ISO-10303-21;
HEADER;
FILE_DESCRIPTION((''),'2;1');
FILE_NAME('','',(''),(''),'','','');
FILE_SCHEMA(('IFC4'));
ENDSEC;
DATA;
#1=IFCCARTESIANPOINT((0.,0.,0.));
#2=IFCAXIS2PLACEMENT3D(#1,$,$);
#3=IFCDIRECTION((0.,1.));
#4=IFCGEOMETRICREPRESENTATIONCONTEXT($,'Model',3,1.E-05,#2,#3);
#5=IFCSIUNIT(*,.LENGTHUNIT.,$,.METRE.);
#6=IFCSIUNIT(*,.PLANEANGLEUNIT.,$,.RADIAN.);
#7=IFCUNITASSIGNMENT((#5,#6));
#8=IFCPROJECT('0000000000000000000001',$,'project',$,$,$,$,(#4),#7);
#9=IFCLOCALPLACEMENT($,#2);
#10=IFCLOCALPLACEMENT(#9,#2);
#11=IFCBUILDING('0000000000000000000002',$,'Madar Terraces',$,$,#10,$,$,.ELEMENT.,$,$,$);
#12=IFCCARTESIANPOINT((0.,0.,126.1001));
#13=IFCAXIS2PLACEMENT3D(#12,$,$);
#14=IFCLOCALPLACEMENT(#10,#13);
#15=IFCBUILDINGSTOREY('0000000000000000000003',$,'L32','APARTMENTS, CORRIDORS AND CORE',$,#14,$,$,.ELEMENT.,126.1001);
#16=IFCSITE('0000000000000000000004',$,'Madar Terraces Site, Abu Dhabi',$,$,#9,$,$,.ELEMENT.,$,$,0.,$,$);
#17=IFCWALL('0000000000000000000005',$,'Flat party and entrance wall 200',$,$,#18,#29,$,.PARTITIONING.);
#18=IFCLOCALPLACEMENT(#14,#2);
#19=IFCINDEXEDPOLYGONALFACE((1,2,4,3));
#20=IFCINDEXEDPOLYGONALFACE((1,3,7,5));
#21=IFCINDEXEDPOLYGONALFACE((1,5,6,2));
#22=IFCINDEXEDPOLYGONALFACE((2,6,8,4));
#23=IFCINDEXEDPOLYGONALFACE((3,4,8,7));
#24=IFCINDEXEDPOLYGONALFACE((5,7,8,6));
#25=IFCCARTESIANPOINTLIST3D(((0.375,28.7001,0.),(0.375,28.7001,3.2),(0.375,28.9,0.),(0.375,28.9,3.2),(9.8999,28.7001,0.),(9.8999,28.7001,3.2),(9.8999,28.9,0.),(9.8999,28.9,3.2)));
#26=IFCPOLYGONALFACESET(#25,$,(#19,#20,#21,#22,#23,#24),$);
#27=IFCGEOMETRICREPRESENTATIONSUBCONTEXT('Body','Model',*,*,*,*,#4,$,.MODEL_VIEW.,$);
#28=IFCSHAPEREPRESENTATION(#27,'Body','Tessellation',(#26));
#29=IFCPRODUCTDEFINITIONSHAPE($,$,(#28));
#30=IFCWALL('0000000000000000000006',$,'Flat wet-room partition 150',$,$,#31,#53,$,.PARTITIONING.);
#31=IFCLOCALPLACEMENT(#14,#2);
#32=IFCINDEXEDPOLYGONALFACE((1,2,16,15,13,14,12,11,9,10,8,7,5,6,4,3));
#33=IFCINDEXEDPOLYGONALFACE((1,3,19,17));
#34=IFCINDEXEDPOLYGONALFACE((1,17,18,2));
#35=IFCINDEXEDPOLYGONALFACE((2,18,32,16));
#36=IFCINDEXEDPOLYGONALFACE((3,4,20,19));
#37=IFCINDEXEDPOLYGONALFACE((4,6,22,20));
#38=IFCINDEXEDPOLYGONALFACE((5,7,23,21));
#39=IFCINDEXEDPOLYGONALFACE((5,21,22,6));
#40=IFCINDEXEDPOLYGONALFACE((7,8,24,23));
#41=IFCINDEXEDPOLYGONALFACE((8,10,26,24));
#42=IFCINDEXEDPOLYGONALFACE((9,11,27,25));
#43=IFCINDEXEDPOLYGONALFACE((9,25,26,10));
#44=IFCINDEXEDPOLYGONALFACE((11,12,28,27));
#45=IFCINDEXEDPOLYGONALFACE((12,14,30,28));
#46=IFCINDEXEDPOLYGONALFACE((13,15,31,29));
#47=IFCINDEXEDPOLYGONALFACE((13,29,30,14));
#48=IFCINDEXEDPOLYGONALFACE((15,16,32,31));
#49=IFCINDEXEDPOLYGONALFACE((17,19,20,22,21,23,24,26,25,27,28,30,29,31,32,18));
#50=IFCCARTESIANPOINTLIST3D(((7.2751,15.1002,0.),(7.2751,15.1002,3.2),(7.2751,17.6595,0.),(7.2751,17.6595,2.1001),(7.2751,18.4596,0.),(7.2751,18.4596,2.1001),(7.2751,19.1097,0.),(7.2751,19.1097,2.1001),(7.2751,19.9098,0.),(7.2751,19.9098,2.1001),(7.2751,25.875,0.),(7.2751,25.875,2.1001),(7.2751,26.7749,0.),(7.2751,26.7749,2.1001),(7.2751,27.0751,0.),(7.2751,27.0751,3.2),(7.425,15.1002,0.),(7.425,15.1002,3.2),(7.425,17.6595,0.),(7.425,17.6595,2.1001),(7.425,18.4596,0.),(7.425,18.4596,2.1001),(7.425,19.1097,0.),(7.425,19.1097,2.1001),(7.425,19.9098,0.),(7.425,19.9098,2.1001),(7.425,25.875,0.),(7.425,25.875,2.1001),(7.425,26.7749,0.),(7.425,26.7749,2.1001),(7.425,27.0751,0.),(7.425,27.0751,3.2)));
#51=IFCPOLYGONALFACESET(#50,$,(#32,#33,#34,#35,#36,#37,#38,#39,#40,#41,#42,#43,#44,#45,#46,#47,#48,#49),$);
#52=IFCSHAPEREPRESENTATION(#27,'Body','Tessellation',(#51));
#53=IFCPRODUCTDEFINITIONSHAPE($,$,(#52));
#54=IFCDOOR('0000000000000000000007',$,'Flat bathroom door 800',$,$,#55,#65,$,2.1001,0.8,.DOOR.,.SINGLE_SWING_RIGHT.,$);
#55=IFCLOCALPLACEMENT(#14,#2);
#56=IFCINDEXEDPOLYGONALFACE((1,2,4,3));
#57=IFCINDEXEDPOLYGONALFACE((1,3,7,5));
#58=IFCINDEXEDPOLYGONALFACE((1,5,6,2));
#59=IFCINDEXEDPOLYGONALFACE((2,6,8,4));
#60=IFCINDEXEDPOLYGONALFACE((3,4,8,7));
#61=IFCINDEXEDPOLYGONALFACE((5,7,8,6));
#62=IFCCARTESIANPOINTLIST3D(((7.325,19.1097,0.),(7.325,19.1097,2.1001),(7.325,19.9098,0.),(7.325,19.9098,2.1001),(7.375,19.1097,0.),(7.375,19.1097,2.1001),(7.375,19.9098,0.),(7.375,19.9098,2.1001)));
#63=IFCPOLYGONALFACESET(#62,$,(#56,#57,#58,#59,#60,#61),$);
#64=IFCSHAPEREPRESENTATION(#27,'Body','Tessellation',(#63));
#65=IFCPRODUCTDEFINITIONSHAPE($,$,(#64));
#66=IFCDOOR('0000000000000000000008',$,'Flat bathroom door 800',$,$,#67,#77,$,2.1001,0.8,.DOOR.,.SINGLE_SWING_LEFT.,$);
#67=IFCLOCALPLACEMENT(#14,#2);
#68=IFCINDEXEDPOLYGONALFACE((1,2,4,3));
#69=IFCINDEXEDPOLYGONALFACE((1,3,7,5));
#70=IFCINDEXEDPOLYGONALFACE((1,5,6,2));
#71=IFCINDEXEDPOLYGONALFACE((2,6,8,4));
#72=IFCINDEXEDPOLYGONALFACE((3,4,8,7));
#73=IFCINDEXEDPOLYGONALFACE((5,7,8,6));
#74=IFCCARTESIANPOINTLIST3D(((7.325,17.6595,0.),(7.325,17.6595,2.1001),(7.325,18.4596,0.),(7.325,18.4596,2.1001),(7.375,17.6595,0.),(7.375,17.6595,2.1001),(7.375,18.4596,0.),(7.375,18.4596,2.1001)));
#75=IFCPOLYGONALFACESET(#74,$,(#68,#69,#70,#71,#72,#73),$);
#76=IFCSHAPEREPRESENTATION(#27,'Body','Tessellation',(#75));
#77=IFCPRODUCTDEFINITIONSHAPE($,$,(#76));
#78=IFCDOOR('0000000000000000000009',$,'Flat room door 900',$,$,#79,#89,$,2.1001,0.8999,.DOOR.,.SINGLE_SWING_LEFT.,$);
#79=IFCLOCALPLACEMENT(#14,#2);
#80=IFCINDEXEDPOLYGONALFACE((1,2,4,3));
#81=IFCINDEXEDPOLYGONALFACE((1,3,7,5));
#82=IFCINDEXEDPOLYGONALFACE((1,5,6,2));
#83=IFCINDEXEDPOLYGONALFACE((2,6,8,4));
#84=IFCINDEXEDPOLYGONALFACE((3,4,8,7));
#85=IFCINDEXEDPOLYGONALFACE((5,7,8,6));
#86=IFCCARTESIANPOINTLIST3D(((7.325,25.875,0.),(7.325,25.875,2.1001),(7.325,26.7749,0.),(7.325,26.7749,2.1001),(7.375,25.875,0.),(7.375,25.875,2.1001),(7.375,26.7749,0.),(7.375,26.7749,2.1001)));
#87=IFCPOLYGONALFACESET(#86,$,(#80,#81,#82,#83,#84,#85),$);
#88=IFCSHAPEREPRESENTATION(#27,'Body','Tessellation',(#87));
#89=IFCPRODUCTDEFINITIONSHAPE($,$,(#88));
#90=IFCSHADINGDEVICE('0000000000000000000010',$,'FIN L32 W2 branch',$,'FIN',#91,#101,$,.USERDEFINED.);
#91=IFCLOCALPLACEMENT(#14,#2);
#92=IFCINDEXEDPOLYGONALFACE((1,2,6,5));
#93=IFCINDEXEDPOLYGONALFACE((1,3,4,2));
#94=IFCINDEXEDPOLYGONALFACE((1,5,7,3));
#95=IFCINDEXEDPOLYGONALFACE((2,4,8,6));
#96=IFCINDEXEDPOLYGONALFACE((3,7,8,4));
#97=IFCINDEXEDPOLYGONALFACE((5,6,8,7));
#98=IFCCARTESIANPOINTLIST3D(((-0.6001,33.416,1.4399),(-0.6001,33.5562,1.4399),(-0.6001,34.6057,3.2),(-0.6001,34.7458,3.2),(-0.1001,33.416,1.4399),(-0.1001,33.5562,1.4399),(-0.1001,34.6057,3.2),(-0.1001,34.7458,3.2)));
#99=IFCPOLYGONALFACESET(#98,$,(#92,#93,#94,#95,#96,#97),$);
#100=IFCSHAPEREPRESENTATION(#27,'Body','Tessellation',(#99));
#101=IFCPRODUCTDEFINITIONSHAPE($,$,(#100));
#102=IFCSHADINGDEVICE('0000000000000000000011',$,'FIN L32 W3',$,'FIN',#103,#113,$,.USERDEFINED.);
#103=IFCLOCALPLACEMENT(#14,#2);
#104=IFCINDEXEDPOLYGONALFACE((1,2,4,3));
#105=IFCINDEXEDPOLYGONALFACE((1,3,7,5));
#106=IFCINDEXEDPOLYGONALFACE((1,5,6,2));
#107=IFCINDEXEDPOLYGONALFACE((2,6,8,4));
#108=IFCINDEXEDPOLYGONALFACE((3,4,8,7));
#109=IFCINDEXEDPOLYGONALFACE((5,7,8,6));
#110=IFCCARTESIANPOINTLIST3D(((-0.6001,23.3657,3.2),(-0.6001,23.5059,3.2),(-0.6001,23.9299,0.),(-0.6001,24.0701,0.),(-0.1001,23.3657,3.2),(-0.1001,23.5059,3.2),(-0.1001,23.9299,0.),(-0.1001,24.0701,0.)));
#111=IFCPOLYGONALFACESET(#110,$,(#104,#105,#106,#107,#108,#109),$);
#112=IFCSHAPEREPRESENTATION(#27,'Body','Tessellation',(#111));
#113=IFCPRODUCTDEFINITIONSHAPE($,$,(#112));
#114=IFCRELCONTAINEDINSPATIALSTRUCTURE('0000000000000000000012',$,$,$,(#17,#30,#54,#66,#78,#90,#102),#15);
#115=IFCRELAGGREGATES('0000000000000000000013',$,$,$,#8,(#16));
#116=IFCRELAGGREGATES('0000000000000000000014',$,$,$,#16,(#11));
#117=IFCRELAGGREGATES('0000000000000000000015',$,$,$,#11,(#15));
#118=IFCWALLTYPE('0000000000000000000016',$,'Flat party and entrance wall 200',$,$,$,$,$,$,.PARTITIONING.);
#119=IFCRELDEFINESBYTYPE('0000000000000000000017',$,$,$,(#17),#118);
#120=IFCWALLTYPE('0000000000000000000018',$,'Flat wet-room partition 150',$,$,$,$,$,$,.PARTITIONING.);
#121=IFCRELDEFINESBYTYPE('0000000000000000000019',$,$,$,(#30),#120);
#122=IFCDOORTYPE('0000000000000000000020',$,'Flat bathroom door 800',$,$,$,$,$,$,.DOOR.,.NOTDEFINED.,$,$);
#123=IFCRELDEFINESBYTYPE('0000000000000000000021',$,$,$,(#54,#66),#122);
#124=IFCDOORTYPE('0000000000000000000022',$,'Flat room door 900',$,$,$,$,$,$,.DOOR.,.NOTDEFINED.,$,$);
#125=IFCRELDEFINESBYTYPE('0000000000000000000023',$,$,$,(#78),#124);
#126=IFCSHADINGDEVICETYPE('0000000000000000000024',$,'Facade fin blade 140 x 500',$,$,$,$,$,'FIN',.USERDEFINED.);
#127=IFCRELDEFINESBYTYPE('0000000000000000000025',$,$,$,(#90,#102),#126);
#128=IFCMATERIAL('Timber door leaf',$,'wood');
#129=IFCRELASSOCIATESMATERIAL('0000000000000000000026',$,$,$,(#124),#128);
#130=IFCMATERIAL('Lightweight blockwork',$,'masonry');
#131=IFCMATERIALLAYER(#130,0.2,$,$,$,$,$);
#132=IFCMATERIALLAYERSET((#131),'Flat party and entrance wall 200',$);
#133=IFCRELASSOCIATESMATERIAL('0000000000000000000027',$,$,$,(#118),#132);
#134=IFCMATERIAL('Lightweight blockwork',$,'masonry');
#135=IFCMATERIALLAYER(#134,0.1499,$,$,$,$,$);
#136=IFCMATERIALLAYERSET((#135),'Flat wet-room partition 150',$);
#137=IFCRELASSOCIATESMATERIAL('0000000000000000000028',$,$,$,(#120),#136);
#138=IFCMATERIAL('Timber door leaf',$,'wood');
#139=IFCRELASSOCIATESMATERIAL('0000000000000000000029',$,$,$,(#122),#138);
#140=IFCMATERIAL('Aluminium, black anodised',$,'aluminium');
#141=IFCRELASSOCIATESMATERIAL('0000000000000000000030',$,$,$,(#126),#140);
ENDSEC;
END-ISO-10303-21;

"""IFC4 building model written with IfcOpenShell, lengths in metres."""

from ifc_helpers import new_model, si_unit, direction, frame, frame_2d, origin, place, context, subcontext, project, spatial, polyline, rectangle, outline, extrude, material, layer, layer_set, type_object, element, fill, save


model = new_model("IFC4")

# Units and contexts
model_context = context("Model", 3, precision=1e-05, world=origin(), true_north=direction((0.0, 1.0)))
body_context = subcontext(model_context, "Body", "Model", "MODEL_VIEW")
ifc_project = project(units=[si_unit("LENGTHUNIT", "METRE"), si_unit("PLANEANGLEUNIT", "RADIAN")], contexts=[model_context])

# Site, building, storey
site_placement = place(None, origin())
site = spatial("IfcSite", under=ifc_project, at=site_placement, Name="Madar Terraces Site, Abu Dhabi", CompositionType="ELEMENT", RefElevation=0.0)
building_placement = place(site_placement, origin())
building = spatial("IfcBuilding", under=site, at=building_placement, Name="Madar Terraces", CompositionType="ELEMENT")
storey_placement = place(building_placement, frame((0.0, 0.0, 126.1001)))
storey = spatial("IfcBuildingStorey", under=building, at=storey_placement, Name="L32", Description="APARTMENTS, CORRIDORS AND CORE", CompositionType="ELEMENT", Elevation=126.1001)

# Shared definitions
ifc_material_1 = material(Name="Timber door leaf", Category="wood")
door_type_1 = type_object("IfcDoorType", Name="Flat room door 900", OperationType="NOTDEFINED", PredefinedType="DOOR", material=ifc_material_1)

# Wall
ifc_material_2 = material(Name="Lightweight blockwork", Category="masonry")
ifc_layer_1 = layer(ifc_material_2, 0.2)
ifc_layer_set_1 = layer_set([ifc_layer_1], Name="Flat party and entrance wall 200")
wall_type_1 = type_object("IfcWallType", Name="Flat party and entrance wall 200", PredefinedType="PARTITIONING", material=ifc_layer_set_1)
wall_1_placement = place(storey_placement, frame((0.375, 28.8, 0.0), z_axis=(0.0, 0.0, 1.0), x_axis=(1.0, 0.0, 0.0)))
element("IfcWall", 1, at=wall_1_placement, inside=storey, type_object=wall_type_1, Name="Flat party and entrance wall 200", PredefinedType="PARTITIONING", context=body_context, shape_type="SweptSolid", body=[
    extrude(rectangle(XDim=9.5249, YDim=0.2, at=frame_2d((4.7625, 0.0))), origin(), (0.0, 0.0, 1.0), 3.2),
])

# Wall, openings, doors
ifc_material_3 = material(Name="Lightweight blockwork", Category="masonry")
ifc_layer_2 = layer(ifc_material_3, 0.1499)
ifc_layer_set_2 = layer_set([ifc_layer_2], Name="Flat wet-room partition 150")
wall_type_2 = type_object("IfcWallType", Name="Flat wet-room partition 150", PredefinedType="PARTITIONING", material=ifc_layer_set_2)
wall_2_placement = place(storey_placement, frame((7.3501, 27.075, 0.0), z_axis=(0.0, 0.0, 1.0), x_axis=(0.0, -1.0, 0.0)))
wall_2 = element("IfcWall", 2, at=wall_2_placement, inside=storey, type_object=wall_type_2, Name="Flat wet-room partition 150", PredefinedType="PARTITIONING", context=body_context, shape_type="SweptSolid", body=[
    extrude(rectangle(XDim=11.9749, YDim=0.1499, at=frame_2d((5.9873, 0.0))), origin(), (0.0, 0.0, 1.0), 3.2),
])
opening_1_placement = place(wall_2_placement, frame((0.3, 0.0, 0.0)))
opening_1 = element("IfcOpeningElement", 3, at=opening_1_placement, cuts=wall_2, PredefinedType="OPENING", context=body_context, shape_type="SweptSolid", body=[
    extrude(rectangle(XDim=0.8999, YDim=2.1001, at=frame_2d((0.45, 1.05))), frame((0.0, 0.085, 0.0), z_axis=(0.0, -1.0, 0.0), x_axis=(1.0, 0.0, 0.0)), (0.0, 0.0, 1.0), 0.1699),
])
opening_2_placement = place(wall_2_placement, frame((7.1653, 0.0, 0.0)))
opening_2 = element("IfcOpeningElement", 4, at=opening_2_placement, cuts=wall_2, PredefinedType="OPENING", context=body_context, shape_type="SweptSolid", body=[
    extrude(rectangle(XDim=0.8, YDim=2.1001, at=frame_2d((0.3999, 1.05))), frame((0.0, 0.085, 0.0), z_axis=(0.0, -1.0, 0.0), x_axis=(1.0, 0.0, 0.0)), (0.0, 0.0, 1.0), 0.1699),
])
opening_3_placement = place(wall_2_placement, frame((8.6155, 0.0, 0.0)))
opening_3 = element("IfcOpeningElement", 5, at=opening_3_placement, cuts=wall_2, PredefinedType="OPENING", context=body_context, shape_type="SweptSolid", body=[
    extrude(rectangle(XDim=0.8, YDim=2.1001, at=frame_2d((0.3999, 1.05))), frame((0.0, 0.085, 0.0), z_axis=(0.0, -1.0, 0.0), x_axis=(1.0, 0.0, 0.0)), (0.0, 0.0, 1.0), 0.1699),
])
ifc_material_4 = material(Name="Timber door leaf", Category="wood")
door_type_2 = type_object("IfcDoorType", Name="Flat bathroom door 800", OperationType="NOTDEFINED", PredefinedType="DOOR", material=ifc_material_4)
door_1_placement = place(opening_2_placement, origin())
door_1 = element("IfcDoor", 6, at=door_1_placement, inside=storey, type_object=door_type_2, Name="Flat bathroom door 800", OperationType="SINGLE_SWING_RIGHT", OverallHeight=2.1001, OverallWidth=0.8, PredefinedType="DOOR", context=body_context, shape_type="SweptSolid", body=[
    extrude(rectangle(XDim=0.8, YDim=2.1001, at=frame_2d((0.3999, 1.05))), frame((0.0, 0.0249, 0.0), z_axis=(0.0, -1.0, 0.0), x_axis=(1.0, 0.0, 0.0)), (0.0, 0.0, 1.0), 0.05),
])
fill(opening_2, door_1)
door_2_placement = place(opening_3_placement, origin())
door_2 = element("IfcDoor", 7, at=door_2_placement, inside=storey, type_object=door_type_2, Name="Flat bathroom door 800", OperationType="SINGLE_SWING_LEFT", OverallHeight=2.1001, OverallWidth=0.8, PredefinedType="DOOR", context=body_context, shape_type="SweptSolid", body=[
    extrude(rectangle(XDim=0.8, YDim=2.1001, at=frame_2d((0.3999, 1.05))), frame((0.0, 0.0249, 0.0), z_axis=(0.0, -1.0, 0.0), x_axis=(1.0, 0.0, 0.0)), (0.0, 0.0, 1.0), 0.05),
])
fill(opening_3, door_2)
door_3_placement = place(opening_1_placement, origin())
door_3 = element("IfcDoor", 8, at=door_3_placement, inside=storey, type_object=door_type_1, Name="Flat room door 900", OperationType="SINGLE_SWING_LEFT", OverallHeight=2.1001, OverallWidth=0.8999, PredefinedType="DOOR", context=body_context, shape_type="SweptSolid", body=[
    extrude(rectangle(XDim=0.8999, YDim=2.1001, at=frame_2d((0.45, 1.05))), frame((0.0, 0.0249, 0.0), z_axis=(0.0, -1.0, 0.0), x_axis=(1.0, 0.0, 0.0)), (0.0, 0.0, 1.0), 0.05),
])
fill(opening_1, door_3)

# Shading devices
ifc_material_5 = material(Name="Aluminium, black anodised", Category="aluminium")
shading_device_type = type_object("IfcShadingDeviceType", Name="Facade fin blade 140 x 500", ElementType="FIN", PredefinedType="USERDEFINED", material=ifc_material_5)
shading_device_1_placement = place(storey_placement, frame((-0.3501, 33.5562, 1.4399), z_axis=(0.0, 0.0, 1.0), x_axis=(0.0, -1.0, 0.0)))
element("IfcShadingDevice", 9, at=shading_device_1_placement, inside=storey, type_object=shading_device_type, Name="FIN L32 W2 branch", ObjectType="FIN", PredefinedType="USERDEFINED", context=body_context, shape_type="SweptSolid", body=[
    extrude(outline(polyline([(0.0, 0.0), (0.1401, 0.0), (-1.0496, 1.76), (-1.1897, 1.76), (0.0, 0.0)])), frame((0.0, 0.25, 0.0), z_axis=(0.0, -1.0, 0.0), x_axis=(1.0, 0.0, 0.0)), (0.0, 0.0, 1.0), 0.5),
])
shading_device_2_placement = place(storey_placement, frame((-0.3501, 24.0701, 0.0), z_axis=(0.0, 0.0, 1.0), x_axis=(0.0, -1.0, 0.0)))
element("IfcShadingDevice", 10, at=shading_device_2_placement, inside=storey, type_object=shading_device_type, Name="FIN L32 W3", ObjectType="FIN", PredefinedType="USERDEFINED", context=body_context, shape_type="SweptSolid", body=[
    extrude(outline(polyline([(0.0, 0.0), (0.1401, 0.0), (0.7043, 3.2), (0.5642, 3.2), (0.0, 0.0)])), frame((0.0, 0.25, 0.0), z_axis=(0.0, -1.0, 0.0), x_axis=(1.0, 0.0, 0.0)), (0.0, 0.0, 1.0), 0.5),
])

save(model, "model.ifc")
